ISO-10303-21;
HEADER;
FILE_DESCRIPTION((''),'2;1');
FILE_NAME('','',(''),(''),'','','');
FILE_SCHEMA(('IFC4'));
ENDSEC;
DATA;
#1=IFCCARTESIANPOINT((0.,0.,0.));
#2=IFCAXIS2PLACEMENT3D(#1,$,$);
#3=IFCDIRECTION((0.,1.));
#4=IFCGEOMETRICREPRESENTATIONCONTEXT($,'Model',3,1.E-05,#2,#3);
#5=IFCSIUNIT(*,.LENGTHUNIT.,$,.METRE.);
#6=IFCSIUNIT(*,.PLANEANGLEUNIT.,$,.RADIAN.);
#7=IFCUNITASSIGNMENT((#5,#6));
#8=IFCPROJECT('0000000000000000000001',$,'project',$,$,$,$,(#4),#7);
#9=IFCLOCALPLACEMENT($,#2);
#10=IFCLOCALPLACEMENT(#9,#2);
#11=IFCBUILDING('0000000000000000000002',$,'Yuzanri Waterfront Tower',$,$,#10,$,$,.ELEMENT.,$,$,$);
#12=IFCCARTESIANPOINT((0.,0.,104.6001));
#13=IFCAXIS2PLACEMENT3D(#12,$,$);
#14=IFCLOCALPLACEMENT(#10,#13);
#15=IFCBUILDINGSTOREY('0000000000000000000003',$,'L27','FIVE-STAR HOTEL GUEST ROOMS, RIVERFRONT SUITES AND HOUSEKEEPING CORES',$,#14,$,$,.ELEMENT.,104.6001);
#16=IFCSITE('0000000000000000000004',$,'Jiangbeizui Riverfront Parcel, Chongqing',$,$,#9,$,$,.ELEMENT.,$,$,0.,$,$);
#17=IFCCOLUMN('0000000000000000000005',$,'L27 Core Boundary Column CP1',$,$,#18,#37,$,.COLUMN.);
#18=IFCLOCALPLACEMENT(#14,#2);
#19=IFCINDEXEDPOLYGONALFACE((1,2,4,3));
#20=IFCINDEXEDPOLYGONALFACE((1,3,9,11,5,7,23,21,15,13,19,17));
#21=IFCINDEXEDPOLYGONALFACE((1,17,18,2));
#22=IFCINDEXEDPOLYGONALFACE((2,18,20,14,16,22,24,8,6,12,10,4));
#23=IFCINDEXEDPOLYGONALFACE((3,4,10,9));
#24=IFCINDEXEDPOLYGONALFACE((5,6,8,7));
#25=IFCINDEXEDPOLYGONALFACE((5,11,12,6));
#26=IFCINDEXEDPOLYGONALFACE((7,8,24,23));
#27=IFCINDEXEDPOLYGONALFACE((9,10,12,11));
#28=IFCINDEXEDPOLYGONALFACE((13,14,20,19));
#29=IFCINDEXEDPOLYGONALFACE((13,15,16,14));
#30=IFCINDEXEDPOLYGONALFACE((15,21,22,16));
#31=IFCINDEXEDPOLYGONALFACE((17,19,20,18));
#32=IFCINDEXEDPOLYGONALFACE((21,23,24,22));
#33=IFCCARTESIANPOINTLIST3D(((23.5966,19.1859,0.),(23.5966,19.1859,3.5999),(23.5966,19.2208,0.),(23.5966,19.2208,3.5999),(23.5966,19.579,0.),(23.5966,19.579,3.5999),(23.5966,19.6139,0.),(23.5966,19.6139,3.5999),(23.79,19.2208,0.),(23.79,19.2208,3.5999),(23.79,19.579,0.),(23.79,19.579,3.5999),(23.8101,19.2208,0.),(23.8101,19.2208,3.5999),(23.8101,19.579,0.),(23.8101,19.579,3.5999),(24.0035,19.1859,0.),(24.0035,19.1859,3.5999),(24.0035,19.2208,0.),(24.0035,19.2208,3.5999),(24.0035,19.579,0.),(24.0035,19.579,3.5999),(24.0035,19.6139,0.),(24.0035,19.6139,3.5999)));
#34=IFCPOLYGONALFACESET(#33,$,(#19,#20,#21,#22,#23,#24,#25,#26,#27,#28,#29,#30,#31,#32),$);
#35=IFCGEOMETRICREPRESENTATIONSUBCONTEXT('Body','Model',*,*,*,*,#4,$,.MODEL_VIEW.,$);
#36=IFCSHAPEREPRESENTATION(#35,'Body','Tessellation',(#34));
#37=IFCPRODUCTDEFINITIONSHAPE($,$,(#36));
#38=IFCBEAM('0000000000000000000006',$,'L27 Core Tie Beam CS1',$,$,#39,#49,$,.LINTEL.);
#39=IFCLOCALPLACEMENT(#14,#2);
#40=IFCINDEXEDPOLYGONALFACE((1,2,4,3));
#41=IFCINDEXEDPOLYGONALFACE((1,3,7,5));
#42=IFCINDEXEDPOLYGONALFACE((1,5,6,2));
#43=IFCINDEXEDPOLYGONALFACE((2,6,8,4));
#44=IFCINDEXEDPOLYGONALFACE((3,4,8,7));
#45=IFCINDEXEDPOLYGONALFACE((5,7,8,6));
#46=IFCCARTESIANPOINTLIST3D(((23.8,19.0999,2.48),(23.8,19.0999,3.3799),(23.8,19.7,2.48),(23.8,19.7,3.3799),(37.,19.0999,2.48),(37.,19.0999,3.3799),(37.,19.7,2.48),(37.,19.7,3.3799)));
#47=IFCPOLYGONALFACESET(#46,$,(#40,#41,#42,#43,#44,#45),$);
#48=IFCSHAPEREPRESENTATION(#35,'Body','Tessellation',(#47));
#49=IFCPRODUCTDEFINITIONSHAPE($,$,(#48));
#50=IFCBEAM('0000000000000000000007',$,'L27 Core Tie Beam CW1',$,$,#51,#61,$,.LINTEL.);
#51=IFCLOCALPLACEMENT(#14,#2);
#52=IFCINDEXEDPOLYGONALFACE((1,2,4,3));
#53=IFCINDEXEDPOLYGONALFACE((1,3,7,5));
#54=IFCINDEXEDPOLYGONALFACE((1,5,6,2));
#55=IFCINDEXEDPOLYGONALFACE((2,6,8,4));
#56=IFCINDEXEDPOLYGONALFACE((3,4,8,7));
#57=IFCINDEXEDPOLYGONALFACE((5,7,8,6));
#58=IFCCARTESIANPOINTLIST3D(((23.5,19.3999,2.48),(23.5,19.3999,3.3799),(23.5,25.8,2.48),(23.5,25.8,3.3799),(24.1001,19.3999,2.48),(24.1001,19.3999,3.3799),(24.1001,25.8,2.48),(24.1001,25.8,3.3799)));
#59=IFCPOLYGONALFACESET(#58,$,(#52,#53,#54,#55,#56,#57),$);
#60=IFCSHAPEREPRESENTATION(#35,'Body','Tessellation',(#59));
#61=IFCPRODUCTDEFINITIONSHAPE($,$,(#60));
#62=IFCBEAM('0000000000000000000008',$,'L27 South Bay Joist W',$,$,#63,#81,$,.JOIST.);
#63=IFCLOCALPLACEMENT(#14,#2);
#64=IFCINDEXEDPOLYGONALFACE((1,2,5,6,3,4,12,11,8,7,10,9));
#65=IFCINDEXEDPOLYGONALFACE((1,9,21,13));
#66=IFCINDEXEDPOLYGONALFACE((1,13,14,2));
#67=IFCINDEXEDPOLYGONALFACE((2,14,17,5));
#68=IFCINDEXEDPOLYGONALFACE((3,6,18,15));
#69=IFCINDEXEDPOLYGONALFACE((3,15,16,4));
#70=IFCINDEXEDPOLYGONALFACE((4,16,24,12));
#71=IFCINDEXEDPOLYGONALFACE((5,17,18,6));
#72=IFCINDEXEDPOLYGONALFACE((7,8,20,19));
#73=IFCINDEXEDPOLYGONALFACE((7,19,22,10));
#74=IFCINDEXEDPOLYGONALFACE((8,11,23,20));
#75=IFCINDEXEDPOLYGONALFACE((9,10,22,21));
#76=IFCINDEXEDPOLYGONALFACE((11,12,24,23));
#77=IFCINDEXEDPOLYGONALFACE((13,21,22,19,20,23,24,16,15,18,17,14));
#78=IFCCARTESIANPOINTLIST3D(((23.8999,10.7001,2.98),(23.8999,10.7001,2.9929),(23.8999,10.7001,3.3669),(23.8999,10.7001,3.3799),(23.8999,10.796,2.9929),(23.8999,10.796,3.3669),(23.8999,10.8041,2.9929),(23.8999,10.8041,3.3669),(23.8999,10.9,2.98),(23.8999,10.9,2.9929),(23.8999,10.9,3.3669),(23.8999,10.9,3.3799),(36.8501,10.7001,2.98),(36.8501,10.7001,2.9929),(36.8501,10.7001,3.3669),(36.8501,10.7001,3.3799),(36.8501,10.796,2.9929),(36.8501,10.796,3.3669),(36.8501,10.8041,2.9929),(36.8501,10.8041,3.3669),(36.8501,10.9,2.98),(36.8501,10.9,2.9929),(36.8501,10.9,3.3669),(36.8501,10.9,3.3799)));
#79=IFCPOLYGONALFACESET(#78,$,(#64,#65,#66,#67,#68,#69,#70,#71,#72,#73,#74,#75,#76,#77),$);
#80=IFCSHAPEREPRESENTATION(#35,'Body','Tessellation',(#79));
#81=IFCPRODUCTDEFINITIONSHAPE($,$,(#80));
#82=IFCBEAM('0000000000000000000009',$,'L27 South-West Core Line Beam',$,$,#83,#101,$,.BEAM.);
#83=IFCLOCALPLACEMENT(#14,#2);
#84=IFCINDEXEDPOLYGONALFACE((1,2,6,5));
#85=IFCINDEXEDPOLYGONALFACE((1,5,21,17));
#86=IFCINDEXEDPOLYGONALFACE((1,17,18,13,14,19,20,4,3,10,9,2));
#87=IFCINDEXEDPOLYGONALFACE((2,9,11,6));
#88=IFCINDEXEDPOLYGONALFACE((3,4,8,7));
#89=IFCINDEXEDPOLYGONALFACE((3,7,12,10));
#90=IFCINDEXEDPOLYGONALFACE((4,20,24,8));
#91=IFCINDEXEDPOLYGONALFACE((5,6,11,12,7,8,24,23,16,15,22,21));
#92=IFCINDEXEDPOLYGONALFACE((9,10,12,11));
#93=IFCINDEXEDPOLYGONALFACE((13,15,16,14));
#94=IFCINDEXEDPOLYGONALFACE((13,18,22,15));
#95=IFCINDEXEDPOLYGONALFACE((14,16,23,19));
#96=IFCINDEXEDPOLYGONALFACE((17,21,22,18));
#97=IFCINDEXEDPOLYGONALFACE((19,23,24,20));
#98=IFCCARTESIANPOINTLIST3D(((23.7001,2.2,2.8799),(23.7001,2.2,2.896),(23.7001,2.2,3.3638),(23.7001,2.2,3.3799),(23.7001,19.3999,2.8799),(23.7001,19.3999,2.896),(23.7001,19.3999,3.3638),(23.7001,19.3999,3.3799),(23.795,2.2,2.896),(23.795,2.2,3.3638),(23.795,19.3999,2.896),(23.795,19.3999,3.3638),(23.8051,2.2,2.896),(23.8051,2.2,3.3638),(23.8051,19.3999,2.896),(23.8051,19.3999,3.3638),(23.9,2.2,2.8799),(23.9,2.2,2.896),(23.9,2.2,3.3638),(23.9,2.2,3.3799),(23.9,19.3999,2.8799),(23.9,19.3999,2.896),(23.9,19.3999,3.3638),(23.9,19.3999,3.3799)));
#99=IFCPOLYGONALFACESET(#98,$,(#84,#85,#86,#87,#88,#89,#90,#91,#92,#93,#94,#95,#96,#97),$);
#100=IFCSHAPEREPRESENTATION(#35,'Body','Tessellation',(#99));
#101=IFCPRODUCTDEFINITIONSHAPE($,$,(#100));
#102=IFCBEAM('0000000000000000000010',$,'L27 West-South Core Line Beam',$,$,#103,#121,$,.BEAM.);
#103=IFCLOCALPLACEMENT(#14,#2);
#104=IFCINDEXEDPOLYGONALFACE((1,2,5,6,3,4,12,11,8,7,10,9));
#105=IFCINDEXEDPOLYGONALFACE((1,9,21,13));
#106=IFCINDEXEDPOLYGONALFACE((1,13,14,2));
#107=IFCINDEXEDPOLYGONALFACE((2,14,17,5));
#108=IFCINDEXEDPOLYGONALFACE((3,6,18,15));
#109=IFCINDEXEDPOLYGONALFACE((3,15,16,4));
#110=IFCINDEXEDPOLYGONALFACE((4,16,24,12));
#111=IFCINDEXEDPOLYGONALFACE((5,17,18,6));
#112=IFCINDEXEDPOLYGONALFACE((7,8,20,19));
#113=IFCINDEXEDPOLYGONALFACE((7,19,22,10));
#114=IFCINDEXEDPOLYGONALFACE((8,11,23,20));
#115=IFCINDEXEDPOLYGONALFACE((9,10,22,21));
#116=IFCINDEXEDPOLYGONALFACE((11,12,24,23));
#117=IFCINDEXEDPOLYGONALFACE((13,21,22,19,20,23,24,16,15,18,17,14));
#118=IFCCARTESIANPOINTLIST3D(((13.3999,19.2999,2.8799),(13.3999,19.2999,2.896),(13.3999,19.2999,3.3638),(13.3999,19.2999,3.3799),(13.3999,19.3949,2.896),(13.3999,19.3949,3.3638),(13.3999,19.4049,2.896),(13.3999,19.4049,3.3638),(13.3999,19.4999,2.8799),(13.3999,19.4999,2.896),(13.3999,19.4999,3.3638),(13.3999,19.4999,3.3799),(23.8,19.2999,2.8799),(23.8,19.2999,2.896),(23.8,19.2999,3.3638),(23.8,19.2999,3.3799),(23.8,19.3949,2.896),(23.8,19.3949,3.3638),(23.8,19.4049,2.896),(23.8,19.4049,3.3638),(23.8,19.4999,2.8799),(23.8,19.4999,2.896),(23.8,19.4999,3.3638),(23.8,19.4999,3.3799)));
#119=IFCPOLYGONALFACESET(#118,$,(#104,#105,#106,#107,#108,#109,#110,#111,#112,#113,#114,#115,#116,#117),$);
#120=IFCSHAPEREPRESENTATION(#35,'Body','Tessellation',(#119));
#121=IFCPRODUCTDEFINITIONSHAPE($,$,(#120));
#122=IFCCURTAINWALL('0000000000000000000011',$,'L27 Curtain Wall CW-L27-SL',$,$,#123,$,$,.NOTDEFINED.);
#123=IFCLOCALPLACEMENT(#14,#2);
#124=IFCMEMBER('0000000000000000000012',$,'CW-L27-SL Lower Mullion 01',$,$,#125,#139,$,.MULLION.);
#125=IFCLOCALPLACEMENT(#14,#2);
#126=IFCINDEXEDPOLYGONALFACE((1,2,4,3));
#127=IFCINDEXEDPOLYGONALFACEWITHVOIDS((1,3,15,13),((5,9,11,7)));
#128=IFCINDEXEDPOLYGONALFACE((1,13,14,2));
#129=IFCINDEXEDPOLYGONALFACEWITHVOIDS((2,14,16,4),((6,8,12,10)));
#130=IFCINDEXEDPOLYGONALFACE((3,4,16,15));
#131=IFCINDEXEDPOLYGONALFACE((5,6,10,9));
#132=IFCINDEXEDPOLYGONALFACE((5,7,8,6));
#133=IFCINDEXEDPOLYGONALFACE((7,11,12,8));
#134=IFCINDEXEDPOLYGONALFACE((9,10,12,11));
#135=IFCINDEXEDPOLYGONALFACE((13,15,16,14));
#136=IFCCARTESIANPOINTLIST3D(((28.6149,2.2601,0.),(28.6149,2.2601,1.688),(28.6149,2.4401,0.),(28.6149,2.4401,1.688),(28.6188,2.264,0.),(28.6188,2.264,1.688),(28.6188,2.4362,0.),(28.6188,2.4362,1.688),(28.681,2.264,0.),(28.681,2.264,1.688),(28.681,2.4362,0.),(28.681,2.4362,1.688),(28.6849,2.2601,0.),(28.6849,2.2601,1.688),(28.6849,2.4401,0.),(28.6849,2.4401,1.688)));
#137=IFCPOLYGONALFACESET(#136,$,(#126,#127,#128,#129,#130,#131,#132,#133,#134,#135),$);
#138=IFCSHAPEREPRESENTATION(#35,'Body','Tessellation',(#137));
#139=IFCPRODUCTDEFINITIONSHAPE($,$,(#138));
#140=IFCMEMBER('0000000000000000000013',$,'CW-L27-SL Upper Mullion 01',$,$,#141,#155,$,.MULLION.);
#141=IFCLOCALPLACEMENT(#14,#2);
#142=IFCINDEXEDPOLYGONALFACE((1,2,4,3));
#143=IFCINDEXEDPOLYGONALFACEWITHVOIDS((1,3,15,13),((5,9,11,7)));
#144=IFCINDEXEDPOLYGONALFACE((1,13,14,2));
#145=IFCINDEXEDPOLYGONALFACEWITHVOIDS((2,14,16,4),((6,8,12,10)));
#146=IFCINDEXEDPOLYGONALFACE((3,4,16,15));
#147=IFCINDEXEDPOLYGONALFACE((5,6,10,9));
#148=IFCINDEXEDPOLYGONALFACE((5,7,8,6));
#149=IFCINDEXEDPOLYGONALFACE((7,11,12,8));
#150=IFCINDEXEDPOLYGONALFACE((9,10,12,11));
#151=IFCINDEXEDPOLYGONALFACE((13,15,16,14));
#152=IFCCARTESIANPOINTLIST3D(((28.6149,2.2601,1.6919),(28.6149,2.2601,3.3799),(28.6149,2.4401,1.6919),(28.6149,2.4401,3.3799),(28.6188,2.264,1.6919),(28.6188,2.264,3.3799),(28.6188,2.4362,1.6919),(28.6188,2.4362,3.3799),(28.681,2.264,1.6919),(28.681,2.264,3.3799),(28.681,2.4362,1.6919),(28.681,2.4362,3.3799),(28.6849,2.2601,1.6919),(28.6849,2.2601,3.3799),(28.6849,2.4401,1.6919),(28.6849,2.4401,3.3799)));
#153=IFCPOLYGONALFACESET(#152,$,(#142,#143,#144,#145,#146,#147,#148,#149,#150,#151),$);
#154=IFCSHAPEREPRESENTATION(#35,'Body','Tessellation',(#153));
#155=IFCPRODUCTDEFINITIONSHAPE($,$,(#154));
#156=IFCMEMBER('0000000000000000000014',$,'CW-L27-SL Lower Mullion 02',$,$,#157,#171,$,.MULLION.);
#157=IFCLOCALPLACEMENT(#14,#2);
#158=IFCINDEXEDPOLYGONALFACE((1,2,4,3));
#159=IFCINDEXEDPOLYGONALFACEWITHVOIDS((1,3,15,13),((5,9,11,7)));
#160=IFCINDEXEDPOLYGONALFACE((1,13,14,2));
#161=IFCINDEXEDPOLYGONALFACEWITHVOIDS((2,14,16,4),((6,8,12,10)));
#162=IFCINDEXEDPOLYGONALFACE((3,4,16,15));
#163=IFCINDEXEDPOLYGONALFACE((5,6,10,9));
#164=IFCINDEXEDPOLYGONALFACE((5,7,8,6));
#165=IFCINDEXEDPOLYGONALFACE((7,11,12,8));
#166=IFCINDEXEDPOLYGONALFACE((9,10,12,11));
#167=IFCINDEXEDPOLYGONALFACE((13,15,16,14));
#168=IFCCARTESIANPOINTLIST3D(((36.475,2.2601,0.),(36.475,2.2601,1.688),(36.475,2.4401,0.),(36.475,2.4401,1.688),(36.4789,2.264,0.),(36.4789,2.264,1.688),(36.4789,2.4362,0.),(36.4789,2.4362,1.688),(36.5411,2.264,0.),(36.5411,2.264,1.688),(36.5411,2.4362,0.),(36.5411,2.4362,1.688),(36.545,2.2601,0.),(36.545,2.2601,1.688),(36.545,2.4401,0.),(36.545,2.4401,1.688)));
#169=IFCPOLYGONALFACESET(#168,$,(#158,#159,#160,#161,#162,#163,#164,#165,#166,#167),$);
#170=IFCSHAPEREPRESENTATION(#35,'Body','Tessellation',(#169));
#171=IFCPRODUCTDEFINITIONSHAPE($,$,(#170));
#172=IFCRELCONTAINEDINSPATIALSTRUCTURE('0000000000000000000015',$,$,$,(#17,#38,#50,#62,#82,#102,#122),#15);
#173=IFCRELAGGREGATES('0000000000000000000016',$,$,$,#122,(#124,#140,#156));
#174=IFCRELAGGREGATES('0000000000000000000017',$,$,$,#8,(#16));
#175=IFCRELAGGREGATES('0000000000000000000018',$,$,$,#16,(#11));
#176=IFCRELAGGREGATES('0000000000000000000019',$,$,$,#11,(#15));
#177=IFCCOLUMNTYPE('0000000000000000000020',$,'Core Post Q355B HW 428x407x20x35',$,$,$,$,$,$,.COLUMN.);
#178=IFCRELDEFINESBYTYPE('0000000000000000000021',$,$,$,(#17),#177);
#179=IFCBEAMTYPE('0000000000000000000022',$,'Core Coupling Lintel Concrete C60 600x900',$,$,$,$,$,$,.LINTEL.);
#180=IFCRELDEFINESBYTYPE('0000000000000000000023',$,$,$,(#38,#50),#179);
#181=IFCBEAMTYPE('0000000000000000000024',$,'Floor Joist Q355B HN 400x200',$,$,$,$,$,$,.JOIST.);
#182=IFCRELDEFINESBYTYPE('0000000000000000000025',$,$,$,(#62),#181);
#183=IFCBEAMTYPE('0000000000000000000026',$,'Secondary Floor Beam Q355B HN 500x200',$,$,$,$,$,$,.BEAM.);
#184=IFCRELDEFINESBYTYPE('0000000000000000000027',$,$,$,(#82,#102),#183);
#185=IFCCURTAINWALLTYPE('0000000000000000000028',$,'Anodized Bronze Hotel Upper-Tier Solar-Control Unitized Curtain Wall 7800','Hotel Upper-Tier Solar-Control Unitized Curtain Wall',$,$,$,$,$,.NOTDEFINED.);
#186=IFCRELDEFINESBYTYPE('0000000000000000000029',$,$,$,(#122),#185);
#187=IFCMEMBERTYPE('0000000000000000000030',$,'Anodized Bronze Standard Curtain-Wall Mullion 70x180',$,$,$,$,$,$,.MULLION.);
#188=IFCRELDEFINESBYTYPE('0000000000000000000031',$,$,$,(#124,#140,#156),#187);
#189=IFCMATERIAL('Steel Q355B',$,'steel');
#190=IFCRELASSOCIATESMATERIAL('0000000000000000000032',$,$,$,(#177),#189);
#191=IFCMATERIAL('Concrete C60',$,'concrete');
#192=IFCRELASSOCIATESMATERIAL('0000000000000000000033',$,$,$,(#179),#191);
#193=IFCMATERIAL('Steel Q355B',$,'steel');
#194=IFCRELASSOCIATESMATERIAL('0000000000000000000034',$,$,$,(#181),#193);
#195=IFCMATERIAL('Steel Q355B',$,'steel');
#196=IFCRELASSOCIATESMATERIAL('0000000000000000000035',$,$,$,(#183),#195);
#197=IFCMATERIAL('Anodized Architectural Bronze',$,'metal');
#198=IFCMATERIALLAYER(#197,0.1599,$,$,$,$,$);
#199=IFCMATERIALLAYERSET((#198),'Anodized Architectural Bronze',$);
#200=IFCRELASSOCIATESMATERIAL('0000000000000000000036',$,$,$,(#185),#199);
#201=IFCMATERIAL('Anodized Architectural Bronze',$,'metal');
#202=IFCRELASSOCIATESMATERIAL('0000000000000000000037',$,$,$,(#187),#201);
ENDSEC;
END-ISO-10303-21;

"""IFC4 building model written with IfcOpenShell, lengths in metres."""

from ifc_helpers import new_model, si_unit, direction, frame, origin, origin_2d, place, context, subcontext, project, spatial, rectangle, hollow_rectangle, i_section, extrude, source, transform, mapped, material, layer, layer_set, material_profile, profile_set, type_object, element, aggregate, save


model = new_model("IFC4")

# Units and contexts
model_context = context("Model", 3, precision=1e-05, world=origin(), true_north=direction((0.0, 1.0)))
body_context = subcontext(model_context, "Body", "Model", "MODEL_VIEW")
ifc_project = project(units=[si_unit("LENGTHUNIT", "METRE"), si_unit("PLANEANGLEUNIT", "RADIAN")], contexts=[model_context])

# Site, building, storey
site_placement = place(None, origin())
site = spatial("IfcSite", under=ifc_project, at=site_placement, Name="Jiangbeizui Riverfront Parcel, Chongqing", CompositionType="ELEMENT", RefElevation=0.0)
building_placement = place(site_placement, origin())
building = spatial("IfcBuilding", under=site, at=building_placement, Name="Yuzanri Waterfront Tower", CompositionType="ELEMENT")
storey_placement = place(building_placement, frame((0.0, 0.0, 104.6001)))
storey = spatial("IfcBuildingStorey", under=building, at=storey_placement, Name="L27", Description="FIVE-STAR HOTEL GUEST ROOMS, RIVERFRONT SUITES AND HOUSEKEEPING CORES", CompositionType="ELEMENT", Elevation=104.6001)

# Column
ifc_material_1 = material(Name="Steel Q355B", Category="steel")
ifc_material_profile_1 = material_profile(ifc_material_1, i_section(OverallWidth=0.407, OverallDepth=0.428, WebThickness=0.02, FlangeThickness=0.0349, at=origin_2d()), Name="HW 428x407x20x35")
ifc_profile_set_1 = profile_set([ifc_material_profile_1], Name="Steel Q355B")
column_type = type_object("IfcColumnType", Name="Core Post Q355B HW 428x407x20x35", PredefinedType="COLUMN", material=ifc_profile_set_1)
shared_shape_1 = source(origin(), body_context, "Body", "SweptSolid", [
    extrude(i_section(OverallWidth=0.407, OverallDepth=0.428, WebThickness=0.02, FlangeThickness=0.0349, at=origin_2d()), origin(), (0.0, 0.0, 1.0), 3.5999),
])
column_placement = place(storey_placement, frame((23.8, 19.3999, 0.0), z_axis=(0.0, 0.0, 1.0), x_axis=(1.0, 0.0, 0.0)))
element("IfcColumn", 1, at=column_placement, inside=storey, type_object=column_type, Name="L27 Core Boundary Column CP1", PredefinedType="COLUMN", context=body_context, shape_type="MappedRepresentation", body=[
    mapped(shared_shape_1, transform((0.0, 0.0, 0.0), scale=1.0)),
])

# Beams
ifc_material_2 = material(Name="Concrete C60", Category="concrete")
ifc_material_profile_2 = material_profile(ifc_material_2, rectangle(XDim=0.6001, YDim=0.8999, at=origin_2d()), Name="RC 600x900")
ifc_profile_set_2 = profile_set([ifc_material_profile_2], Name="Concrete C60")
beam_type_1 = type_object("IfcBeamType", Name="Core Coupling Lintel Concrete C60 600x900", PredefinedType="LINTEL", material=ifc_profile_set_2)
shared_shape_2 = source(origin(), body_context, "Body", "SweptSolid", [
    extrude(rectangle(XDim=0.6001, YDim=0.8999, at=origin_2d()), origin(), (0.0, 0.0, 1.0), 13.2),
])
beam_1_placement = place(storey_placement, frame((23.8, 19.3999, 2.9299), z_axis=(1.0, 0.0, 0.0), x_axis=(0.0, 1.0, 0.0)))
element("IfcBeam", 2, at=beam_1_placement, inside=storey, type_object=beam_type_1, Name="L27 Core Tie Beam CS1", PredefinedType="LINTEL", context=body_context, shape_type="MappedRepresentation", body=[
    mapped(shared_shape_2, transform((0.0, 0.0, 0.0), scale=1.0)),
])
shared_shape_3 = source(origin(), body_context, "Body", "SweptSolid", [
    extrude(rectangle(XDim=0.6001, YDim=0.8999, at=origin_2d()), origin(), (0.0, 0.0, 1.0), 6.4001),
])
beam_2_placement = place(storey_placement, frame((23.8, 19.3999, 2.9299), z_axis=(0.0, 1.0, 0.0), x_axis=(-1.0, 0.0, 0.0)))
element("IfcBeam", 3, at=beam_2_placement, inside=storey, type_object=beam_type_1, Name="L27 Core Tie Beam CW1", PredefinedType="LINTEL", context=body_context, shape_type="MappedRepresentation", body=[
    mapped(shared_shape_3, transform((0.0, 0.0, 0.0), scale=1.0)),
])
ifc_material_3 = material(Name="Steel Q355B", Category="steel")
ifc_material_profile_3 = material_profile(ifc_material_3, i_section(OverallWidth=0.2, OverallDepth=0.3999, WebThickness=0.0081, FlangeThickness=0.0129, at=origin_2d()), Name="HN 400x200x8x13")
ifc_profile_set_3 = profile_set([ifc_material_profile_3], Name="Steel Q355B")
beam_type_2 = type_object("IfcBeamType", Name="Floor Joist Q355B HN 400x200", PredefinedType="JOIST", material=ifc_profile_set_3)
shared_shape_4 = source(origin(), body_context, "Body", "SweptSolid", [
    extrude(i_section(OverallWidth=0.2, OverallDepth=0.3999, WebThickness=0.0081, FlangeThickness=0.0129, at=origin_2d()), origin(), (0.0, 0.0, 1.0), 12.9502),
])
beam_3_placement = place(storey_placement, frame((23.8999, 10.8, 3.1799), z_axis=(1.0, 0.0, 0.0), x_axis=(0.0, 1.0, 0.0)))
element("IfcBeam", 4, at=beam_3_placement, inside=storey, type_object=beam_type_2, Name="L27 South Bay Joist W", PredefinedType="JOIST", context=body_context, shape_type="MappedRepresentation", body=[
    mapped(shared_shape_4, transform((0.0, 0.0, 0.0), scale=1.0)),
])
ifc_material_4 = material(Name="Steel Q355B", Category="steel")
ifc_material_profile_4 = material_profile(ifc_material_4, i_section(OverallWidth=0.2, OverallDepth=0.5, WebThickness=0.01, FlangeThickness=0.0161, at=origin_2d()), Name="HN 500x200x10x16")
ifc_profile_set_4 = profile_set([ifc_material_profile_4], Name="Steel Q355B")
beam_type_3 = type_object("IfcBeamType", Name="Secondary Floor Beam Q355B HN 500x200", PredefinedType="BEAM", material=ifc_profile_set_4)
shared_shape_5 = source(origin(), body_context, "Body", "SweptSolid", [
    extrude(i_section(OverallWidth=0.2, OverallDepth=0.5, WebThickness=0.01, FlangeThickness=0.0161, at=origin_2d()), origin(), (0.0, 0.0, 1.0), 17.2),
])
beam_4_placement = place(storey_placement, frame((23.8, 19.3999, 3.1299), z_axis=(0.0, -1.0, 0.0), x_axis=(1.0, 0.0, 0.0)))
element("IfcBeam", 5, at=beam_4_placement, inside=storey, type_object=beam_type_3, Name="L27 South-West Core Line Beam", PredefinedType="BEAM", context=body_context, shape_type="MappedRepresentation", body=[
    mapped(shared_shape_5, transform((0.0, 0.0, 0.0), scale=1.0)),
])
shared_shape_6 = source(origin(), body_context, "Body", "SweptSolid", [
    extrude(i_section(OverallWidth=0.2, OverallDepth=0.5, WebThickness=0.01, FlangeThickness=0.0161, at=origin_2d()), origin(), (0.0, 0.0, 1.0), 10.4001),
])
beam_5_placement = place(storey_placement, frame((23.8, 19.3999, 3.1299), z_axis=(-1.0, 0.0, 0.0), x_axis=(0.0, -1.0, 0.0)))
element("IfcBeam", 6, at=beam_5_placement, inside=storey, type_object=beam_type_3, Name="L27 West-South Core Line Beam", PredefinedType="BEAM", context=body_context, shape_type="MappedRepresentation", body=[
    mapped(shared_shape_6, transform((0.0, 0.0, 0.0), scale=1.0)),
])

# Curtain wall, members
ifc_material_5 = material(Name="Anodized Architectural Bronze", Category="metal")
ifc_layer_1 = layer(ifc_material_5, 0.1599)
ifc_layer_set_1 = layer_set([ifc_layer_1], Name="Anodized Architectural Bronze")
curtain_wall_type = type_object("IfcCurtainWallType", Name="Anodized Bronze Hotel Upper-Tier Solar-Control Unitized Curtain Wall 7800", Description="Hotel Upper-Tier Solar-Control Unitized Curtain Wall", PredefinedType="NOTDEFINED", material=ifc_layer_set_1)
curtain_wall_placement = place(storey_placement, origin())
curtain_wall = element("IfcCurtainWall", 7, at=curtain_wall_placement, inside=storey, type_object=curtain_wall_type, Name="L27 Curtain Wall CW-L27-SL", PredefinedType="NOTDEFINED")
ifc_material_6 = material(Name="Anodized Architectural Bronze", Category="metal")
ifc_material_profile_5 = material_profile(ifc_material_6, hollow_rectangle(XDim=0.0701, YDim=0.1799, WallThickness=0.0039, at=origin_2d()), Name="CWM 70x180")
ifc_profile_set_5 = profile_set([ifc_material_profile_5], Name="Anodized Architectural Bronze")
member_type = type_object("IfcMemberType", Name="Anodized Bronze Standard Curtain-Wall Mullion 70x180", PredefinedType="MULLION", material=ifc_profile_set_5)
shared_shape_7 = source(origin(), body_context, "Body", "SweptSolid", [
    extrude(hollow_rectangle(XDim=0.0701, YDim=0.1799, WallThickness=0.0039, at=origin_2d()), origin(), (0.0, 0.0, 1.0), 1.688),
])
member_1_placement = place(storey_placement, frame((28.6499, 2.3501, 0.0), z_axis=(0.0, 0.0, 1.0), x_axis=(1.0, 0.0, 0.0)))
member_1 = element("IfcMember", 8, at=member_1_placement, type_object=member_type, Name="CW-L27-SL Lower Mullion 01", PredefinedType="MULLION", context=body_context, shape_type="MappedRepresentation", body=[
    mapped(shared_shape_7, transform((0.0, 0.0, 0.0), scale=1.0)),
])
member_2_placement = place(storey_placement, frame((28.6499, 2.3501, 1.6919), z_axis=(0.0, 0.0, 1.0), x_axis=(1.0, 0.0, 0.0)))
member_2 = element("IfcMember", 9, at=member_2_placement, type_object=member_type, Name="CW-L27-SL Upper Mullion 01", PredefinedType="MULLION", context=body_context, shape_type="MappedRepresentation", body=[
    mapped(shared_shape_7, transform((0.0, 0.0, 0.0), scale=1.0)),
])
member_3_placement = place(storey_placement, frame((36.51, 2.3501, 0.0), z_axis=(0.0, 0.0, 1.0), x_axis=(1.0, 0.0, 0.0)))
member_3 = element("IfcMember", 10, at=member_3_placement, type_object=member_type, Name="CW-L27-SL Lower Mullion 02", PredefinedType="MULLION", context=body_context, shape_type="MappedRepresentation", body=[
    mapped(shared_shape_7, transform((0.0, 0.0, 0.0), scale=1.0)),
])
aggregate(curtain_wall, [member_1, member_2, member_3])

save(model, "model.ifc")
